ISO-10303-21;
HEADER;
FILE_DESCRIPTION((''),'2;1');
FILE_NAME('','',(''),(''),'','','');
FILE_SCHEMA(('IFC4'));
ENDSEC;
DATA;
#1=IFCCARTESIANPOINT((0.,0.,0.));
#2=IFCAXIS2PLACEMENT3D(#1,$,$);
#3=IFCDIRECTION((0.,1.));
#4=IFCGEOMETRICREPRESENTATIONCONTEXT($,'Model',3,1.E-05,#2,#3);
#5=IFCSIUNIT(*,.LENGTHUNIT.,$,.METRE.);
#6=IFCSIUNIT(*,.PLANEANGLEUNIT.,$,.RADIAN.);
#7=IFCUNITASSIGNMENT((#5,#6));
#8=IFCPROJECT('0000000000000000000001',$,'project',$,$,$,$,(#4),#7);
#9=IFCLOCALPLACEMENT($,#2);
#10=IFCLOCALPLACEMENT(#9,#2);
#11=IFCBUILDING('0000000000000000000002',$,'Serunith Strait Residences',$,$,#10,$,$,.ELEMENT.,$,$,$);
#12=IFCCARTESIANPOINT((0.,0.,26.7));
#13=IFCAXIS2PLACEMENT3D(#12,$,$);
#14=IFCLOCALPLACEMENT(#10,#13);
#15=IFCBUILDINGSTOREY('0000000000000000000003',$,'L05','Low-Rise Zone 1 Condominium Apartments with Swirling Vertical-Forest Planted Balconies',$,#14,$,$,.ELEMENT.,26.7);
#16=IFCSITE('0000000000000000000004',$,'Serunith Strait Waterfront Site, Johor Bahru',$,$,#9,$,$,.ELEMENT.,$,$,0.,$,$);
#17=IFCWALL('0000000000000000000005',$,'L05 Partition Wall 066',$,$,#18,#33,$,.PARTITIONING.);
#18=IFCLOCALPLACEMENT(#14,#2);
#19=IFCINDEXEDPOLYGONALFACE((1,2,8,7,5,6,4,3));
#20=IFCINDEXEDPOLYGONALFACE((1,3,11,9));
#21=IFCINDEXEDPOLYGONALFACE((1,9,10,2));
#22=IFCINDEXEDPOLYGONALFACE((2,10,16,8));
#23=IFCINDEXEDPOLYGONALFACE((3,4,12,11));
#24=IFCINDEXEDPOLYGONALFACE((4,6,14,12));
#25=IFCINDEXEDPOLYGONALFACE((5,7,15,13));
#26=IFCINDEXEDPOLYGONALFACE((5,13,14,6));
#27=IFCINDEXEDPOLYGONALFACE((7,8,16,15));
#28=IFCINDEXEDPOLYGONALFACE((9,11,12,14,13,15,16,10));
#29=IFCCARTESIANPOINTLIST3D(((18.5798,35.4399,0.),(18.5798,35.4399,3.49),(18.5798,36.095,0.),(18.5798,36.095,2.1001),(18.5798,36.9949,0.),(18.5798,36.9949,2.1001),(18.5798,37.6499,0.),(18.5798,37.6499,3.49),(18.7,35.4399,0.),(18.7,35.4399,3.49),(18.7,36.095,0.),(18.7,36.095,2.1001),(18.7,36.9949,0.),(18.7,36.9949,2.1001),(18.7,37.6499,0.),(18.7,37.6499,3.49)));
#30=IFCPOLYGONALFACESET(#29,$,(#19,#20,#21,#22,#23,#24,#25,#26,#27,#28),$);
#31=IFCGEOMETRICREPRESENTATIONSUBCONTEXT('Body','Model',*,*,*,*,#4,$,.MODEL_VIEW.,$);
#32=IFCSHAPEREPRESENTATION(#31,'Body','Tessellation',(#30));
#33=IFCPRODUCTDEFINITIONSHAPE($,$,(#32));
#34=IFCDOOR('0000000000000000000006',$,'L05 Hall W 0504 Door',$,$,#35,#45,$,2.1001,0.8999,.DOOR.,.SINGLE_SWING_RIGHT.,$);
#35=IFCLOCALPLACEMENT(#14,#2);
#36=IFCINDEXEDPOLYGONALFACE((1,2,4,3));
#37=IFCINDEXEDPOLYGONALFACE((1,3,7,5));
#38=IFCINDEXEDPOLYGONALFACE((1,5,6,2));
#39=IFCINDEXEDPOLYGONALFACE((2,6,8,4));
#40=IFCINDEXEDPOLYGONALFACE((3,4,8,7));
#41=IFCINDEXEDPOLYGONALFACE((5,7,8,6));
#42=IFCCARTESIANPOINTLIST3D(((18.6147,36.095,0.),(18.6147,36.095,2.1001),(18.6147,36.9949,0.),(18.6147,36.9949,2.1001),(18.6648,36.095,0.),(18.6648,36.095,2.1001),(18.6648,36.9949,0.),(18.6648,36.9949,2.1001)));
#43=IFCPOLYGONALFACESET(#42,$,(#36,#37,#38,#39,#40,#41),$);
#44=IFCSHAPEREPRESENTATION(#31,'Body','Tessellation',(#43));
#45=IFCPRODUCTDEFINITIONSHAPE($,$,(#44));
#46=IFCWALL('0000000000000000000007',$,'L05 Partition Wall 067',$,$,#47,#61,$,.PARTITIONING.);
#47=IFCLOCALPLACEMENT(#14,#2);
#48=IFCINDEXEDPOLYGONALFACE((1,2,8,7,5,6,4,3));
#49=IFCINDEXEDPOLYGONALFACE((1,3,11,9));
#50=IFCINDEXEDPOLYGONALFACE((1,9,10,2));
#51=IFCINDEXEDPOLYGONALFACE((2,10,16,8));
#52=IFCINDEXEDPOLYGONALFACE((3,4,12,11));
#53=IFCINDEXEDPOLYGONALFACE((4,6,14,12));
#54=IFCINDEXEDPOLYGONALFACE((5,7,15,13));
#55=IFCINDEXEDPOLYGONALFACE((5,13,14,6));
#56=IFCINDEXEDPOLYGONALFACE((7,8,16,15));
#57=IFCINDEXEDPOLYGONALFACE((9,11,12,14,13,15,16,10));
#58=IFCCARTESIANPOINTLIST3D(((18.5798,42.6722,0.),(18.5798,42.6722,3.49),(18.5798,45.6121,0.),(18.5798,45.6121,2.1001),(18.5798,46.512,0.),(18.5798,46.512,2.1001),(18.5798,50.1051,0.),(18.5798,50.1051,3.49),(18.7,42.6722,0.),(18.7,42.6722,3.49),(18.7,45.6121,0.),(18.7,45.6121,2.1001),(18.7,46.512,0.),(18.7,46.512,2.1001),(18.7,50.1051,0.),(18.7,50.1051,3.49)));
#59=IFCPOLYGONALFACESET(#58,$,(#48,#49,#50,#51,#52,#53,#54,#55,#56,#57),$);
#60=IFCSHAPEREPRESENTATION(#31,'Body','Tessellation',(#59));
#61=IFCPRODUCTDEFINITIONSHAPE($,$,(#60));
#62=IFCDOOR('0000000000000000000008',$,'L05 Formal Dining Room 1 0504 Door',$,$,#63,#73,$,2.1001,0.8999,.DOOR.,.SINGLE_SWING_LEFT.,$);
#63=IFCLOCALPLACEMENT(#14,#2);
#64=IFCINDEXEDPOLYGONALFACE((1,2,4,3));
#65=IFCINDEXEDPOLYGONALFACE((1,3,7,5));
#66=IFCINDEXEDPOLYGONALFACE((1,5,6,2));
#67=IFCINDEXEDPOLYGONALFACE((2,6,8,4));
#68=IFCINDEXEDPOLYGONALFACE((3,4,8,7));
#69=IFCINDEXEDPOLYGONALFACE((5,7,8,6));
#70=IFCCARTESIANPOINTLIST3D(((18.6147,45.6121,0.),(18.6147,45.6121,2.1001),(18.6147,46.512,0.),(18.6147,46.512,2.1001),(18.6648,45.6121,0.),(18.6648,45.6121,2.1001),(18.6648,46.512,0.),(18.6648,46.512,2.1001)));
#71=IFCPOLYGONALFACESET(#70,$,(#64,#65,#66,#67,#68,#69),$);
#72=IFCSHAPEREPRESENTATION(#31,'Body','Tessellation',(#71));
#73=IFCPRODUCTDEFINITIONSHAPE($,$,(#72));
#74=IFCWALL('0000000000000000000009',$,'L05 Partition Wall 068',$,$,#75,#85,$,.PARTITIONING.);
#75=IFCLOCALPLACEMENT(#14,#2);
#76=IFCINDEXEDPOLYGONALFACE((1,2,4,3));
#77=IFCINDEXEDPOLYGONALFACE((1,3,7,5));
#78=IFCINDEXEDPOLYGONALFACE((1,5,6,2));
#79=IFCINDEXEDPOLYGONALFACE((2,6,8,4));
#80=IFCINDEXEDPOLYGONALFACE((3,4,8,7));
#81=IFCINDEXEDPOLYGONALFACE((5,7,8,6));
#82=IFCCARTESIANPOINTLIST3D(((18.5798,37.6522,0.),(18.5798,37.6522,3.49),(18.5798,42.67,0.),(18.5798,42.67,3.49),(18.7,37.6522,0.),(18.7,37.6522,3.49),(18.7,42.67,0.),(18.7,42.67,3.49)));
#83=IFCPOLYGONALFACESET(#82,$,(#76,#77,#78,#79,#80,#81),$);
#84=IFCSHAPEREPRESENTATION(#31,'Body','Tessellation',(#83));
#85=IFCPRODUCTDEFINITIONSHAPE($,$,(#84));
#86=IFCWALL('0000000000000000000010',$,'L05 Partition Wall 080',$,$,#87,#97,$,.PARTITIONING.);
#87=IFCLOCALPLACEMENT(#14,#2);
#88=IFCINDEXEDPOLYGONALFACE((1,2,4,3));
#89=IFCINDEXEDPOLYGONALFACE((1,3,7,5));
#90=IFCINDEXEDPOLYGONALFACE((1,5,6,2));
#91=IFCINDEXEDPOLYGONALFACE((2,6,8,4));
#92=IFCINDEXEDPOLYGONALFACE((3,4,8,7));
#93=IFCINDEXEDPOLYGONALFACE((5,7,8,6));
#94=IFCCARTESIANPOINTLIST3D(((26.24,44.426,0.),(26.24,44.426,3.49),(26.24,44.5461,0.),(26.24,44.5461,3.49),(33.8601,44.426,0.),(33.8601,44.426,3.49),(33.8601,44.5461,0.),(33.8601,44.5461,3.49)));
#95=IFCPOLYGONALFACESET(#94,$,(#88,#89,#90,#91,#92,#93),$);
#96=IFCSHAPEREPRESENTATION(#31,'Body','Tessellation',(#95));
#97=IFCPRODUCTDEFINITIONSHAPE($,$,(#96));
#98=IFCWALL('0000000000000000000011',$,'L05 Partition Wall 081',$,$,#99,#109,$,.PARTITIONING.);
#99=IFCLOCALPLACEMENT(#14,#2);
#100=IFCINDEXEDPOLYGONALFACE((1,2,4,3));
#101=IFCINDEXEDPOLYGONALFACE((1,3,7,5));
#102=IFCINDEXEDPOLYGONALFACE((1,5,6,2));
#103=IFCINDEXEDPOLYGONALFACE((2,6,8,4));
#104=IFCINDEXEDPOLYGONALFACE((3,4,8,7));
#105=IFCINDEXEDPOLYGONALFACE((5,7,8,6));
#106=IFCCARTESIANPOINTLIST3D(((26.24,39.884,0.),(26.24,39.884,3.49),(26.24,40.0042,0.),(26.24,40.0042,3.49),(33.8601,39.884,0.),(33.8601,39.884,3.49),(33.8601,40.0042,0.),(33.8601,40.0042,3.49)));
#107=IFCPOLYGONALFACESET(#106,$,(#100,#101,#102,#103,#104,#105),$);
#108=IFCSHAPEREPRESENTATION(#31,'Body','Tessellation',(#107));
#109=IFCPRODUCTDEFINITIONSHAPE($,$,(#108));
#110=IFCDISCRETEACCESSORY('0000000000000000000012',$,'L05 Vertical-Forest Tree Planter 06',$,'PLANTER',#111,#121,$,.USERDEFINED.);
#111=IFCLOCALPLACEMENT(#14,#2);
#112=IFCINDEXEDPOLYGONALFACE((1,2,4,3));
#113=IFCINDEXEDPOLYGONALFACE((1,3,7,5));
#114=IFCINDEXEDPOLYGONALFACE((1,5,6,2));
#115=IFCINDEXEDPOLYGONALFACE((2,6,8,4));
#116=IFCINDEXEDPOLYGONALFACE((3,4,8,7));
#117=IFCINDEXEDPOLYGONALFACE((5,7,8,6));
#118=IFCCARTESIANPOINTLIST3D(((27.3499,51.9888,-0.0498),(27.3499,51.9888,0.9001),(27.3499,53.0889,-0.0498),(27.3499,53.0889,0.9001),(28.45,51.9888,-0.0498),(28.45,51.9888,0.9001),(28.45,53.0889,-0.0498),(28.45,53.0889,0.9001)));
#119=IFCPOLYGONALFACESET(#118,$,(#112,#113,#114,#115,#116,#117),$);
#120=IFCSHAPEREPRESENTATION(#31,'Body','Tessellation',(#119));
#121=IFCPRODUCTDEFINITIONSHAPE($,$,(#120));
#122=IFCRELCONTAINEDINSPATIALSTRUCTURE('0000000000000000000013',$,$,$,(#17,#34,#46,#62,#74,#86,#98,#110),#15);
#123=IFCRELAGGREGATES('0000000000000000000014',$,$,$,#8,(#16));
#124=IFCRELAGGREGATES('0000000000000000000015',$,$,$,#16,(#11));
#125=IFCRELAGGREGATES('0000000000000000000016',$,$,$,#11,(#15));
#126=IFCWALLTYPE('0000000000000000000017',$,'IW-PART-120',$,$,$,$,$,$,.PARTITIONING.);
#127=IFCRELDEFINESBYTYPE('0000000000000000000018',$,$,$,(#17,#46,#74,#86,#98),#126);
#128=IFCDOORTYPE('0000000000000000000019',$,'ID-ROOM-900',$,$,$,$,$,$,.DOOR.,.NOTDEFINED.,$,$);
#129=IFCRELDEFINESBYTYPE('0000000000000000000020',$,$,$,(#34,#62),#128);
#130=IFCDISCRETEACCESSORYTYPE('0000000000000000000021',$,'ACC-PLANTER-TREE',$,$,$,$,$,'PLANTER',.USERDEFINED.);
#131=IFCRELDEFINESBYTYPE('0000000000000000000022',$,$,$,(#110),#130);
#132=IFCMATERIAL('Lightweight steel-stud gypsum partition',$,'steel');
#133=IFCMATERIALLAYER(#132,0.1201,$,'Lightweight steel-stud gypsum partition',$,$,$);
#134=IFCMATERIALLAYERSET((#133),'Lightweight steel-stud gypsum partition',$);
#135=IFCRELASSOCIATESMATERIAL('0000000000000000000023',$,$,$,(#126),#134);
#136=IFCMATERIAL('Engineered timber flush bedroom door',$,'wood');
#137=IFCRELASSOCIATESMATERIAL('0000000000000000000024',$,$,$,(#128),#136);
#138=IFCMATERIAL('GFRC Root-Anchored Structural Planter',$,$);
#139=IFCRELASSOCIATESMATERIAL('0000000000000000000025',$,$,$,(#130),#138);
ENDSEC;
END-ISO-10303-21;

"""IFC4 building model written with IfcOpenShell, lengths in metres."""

from ifc_helpers import new_model, si_unit, direction, frame, frame_2d, origin, origin_2d, place, context, subcontext, project, spatial, rectangle, extrude, source, transform, mapped, material, layer, layer_set, type_object, element, fill, save


model = new_model("IFC4")

# Units and contexts
model_context = context("Model", 3, precision=1e-05, world=origin(), true_north=direction((0.0, 1.0)))
body_context = subcontext(model_context, "Body", "Model", "MODEL_VIEW")
ifc_project = project(units=[si_unit("LENGTHUNIT", "METRE"), si_unit("PLANEANGLEUNIT", "RADIAN")], contexts=[model_context])

# Site, building, storey
site_placement = place(None, origin())
site = spatial("IfcSite", under=ifc_project, at=site_placement, Name="Serunith Strait Waterfront Site, Johor Bahru", CompositionType="ELEMENT", RefElevation=0.0)
building_placement = place(site_placement, origin())
building = spatial("IfcBuilding", under=site, at=building_placement, Name="Serunith Strait Residences", CompositionType="ELEMENT")
storey_placement = place(building_placement, frame((0.0, 0.0, 26.7)))
storey = spatial("IfcBuildingStorey", under=building, at=storey_placement, Name="L05", Description="Low-Rise Zone 1 Condominium Apartments with Swirling Vertical-Forest Planted Balconies", CompositionType="ELEMENT", Elevation=26.7)

# Shared definitions
ifc_material_1 = material(Name="Lightweight steel-stud gypsum partition", Category="steel")
ifc_layer_1 = layer(ifc_material_1, 0.1201, Name="Lightweight steel-stud gypsum partition")
ifc_layer_set_1 = layer_set([ifc_layer_1], Name="Lightweight steel-stud gypsum partition")
wall_type = type_object("IfcWallType", Name="IW-PART-120", PredefinedType="PARTITIONING", material=ifc_layer_set_1)

# Walls, openings, doors
wall_1_placement = place(storey_placement, frame((18.6399, 37.6499, 0.0), z_axis=(0.0, 0.0, 1.0), x_axis=(0.0, -1.0, 0.0)))
wall_1 = element("IfcWall", 1, at=wall_1_placement, inside=storey, type_object=wall_type, Name="L05 Partition Wall 066", PredefinedType="PARTITIONING", context=body_context, shape_type="SweptSolid", body=[
    extrude(rectangle(XDim=2.21, YDim=0.1201, at=frame_2d((1.105, 0.0))), origin(), (0.0, 0.0, 1.0), 3.49),
])
opening_1_placement = place(wall_1_placement, frame((0.655, 0.0, 0.0)))
opening_1 = element("IfcOpeningElement", 2, at=opening_1_placement, cuts=wall_1, PredefinedType="OPENING", context=body_context, shape_type="SweptSolid", body=[
    extrude(rectangle(XDim=0.8999, YDim=2.1001, at=frame_2d((0.45, 1.05))), frame((0.0, 0.0701, 0.0), z_axis=(0.0, -1.0, 0.0), x_axis=(1.0, 0.0, 0.0)), (0.0, 0.0, 1.0), 0.1401),
])
ifc_material_2 = material(Name="Engineered timber flush bedroom door", Category="wood")
door_type_1 = type_object("IfcDoorType", Name="ID-ROOM-900", OperationType="NOTDEFINED", PredefinedType="DOOR", material=ifc_material_2)
shared_shape_1 = source(origin(), body_context, "Body", "SweptSolid", [
    extrude(rectangle(XDim=0.8999, YDim=2.1001, at=frame_2d((0.45, 1.05))), frame((0.0, 0.0249, 0.0), z_axis=(0.0, -1.0, 0.0), x_axis=(1.0, 0.0, 0.0)), (0.0, 0.0, 1.0), 0.05),
])
door_1_placement = place(opening_1_placement, origin())
door_1 = element("IfcDoor", 3, at=door_1_placement, inside=storey, type_object=door_type_1, Name="L05 Hall W 0504 Door", OperationType="SINGLE_SWING_RIGHT", OverallHeight=2.1001, OverallWidth=0.8999, PredefinedType="DOOR", context=body_context, shape_type="MappedRepresentation", body=[
    mapped(shared_shape_1, transform((0.0, 0.0, 0.0), scale=1.0)),
])
fill(opening_1, door_1)
wall_2_placement = place(storey_placement, frame((18.6399, 50.105, 0.0), z_axis=(0.0, 0.0, 1.0), x_axis=(0.0, -1.0, 0.0)))
wall_2 = element("IfcWall", 4, at=wall_2_placement, inside=storey, type_object=wall_type, Name="L05 Partition Wall 067", PredefinedType="PARTITIONING", context=body_context, shape_type="SweptSolid", body=[
    extrude(rectangle(XDim=7.4329, YDim=0.1201, at=frame_2d((3.7163, 0.0))), origin(), (0.0, 0.0, 1.0), 3.49),
])
opening_2_placement = place(wall_2_placement, frame((3.593, 0.0, 0.0)))
opening_2 = element("IfcOpeningElement", 5, at=opening_2_placement, cuts=wall_2, PredefinedType="OPENING", context=body_context, shape_type="SweptSolid", body=[
    extrude(rectangle(XDim=0.8999, YDim=2.1001, at=frame_2d((0.45, 1.05))), frame((0.0, 0.0701, 0.0), z_axis=(0.0, -1.0, 0.0), x_axis=(1.0, 0.0, 0.0)), (0.0, 0.0, 1.0), 0.1401),
])
door_2_placement = place(opening_2_placement, origin())
door_2 = element("IfcDoor", 6, at=door_2_placement, inside=storey, type_object=door_type_1, Name="L05 Formal Dining Room 1 0504 Door", OperationType="SINGLE_SWING_LEFT", OverallHeight=2.1001, OverallWidth=0.8999, PredefinedType="DOOR", context=body_context, shape_type="MappedRepresentation", body=[
    mapped(shared_shape_1, transform((0.0, 0.0, 0.0), scale=1.0)),
])
fill(opening_2, door_2)

# Walls
wall_3_placement = place(storey_placement, frame((18.6399, 42.6699, 0.0), z_axis=(0.0, 0.0, 1.0), x_axis=(0.0, -1.0, 0.0)))
element("IfcWall", 7, at=wall_3_placement, inside=storey, type_object=wall_type, Name="L05 Partition Wall 068", PredefinedType="PARTITIONING", context=body_context, shape_type="SweptSolid", body=[
    extrude(rectangle(XDim=5.0178, YDim=0.1201, at=frame_2d((2.5088, 0.0))), origin(), (0.0, 0.0, 1.0), 3.49),
])
for number, where, z_axis, x_axis, name in (
    (8, (26.24, 44.4861, 0.0), (0.0, 0.0, 1.0), (1.0, 0.0, 0.0), "L05 Partition Wall 080"),
    (9, (26.24, 39.9441, 0.0), (0.0, 0.0, 1.0), (1.0, 0.0, 0.0), "L05 Partition Wall 081"),
):
    element("IfcWall", number, at=place(storey_placement, frame(where, z_axis=z_axis, x_axis=x_axis)), inside=storey, type_object=wall_type, Name=name, PredefinedType="PARTITIONING", context=body_context, shape_type="SweptSolid", body=[
        extrude(rectangle(XDim=7.6201, YDim=0.1201, at=frame_2d((3.8101, 0.0))), origin(), (0.0, 0.0, 1.0), 3.49),
    ])

# Discrete accessory
ifc_material_3 = material(Name="GFRC Root-Anchored Structural Planter")
discrete_accessory_type = type_object("IfcDiscreteAccessoryType", Name="ACC-PLANTER-TREE", ElementType="PLANTER", PredefinedType="USERDEFINED", material=ifc_material_3)
shared_shape_2 = source(origin(), body_context, "Body", "SweptSolid", [
    extrude(rectangle(XDim=1.1001, YDim=1.1001, at=origin_2d()), origin(), (0.0, 0.0, 1.0), 0.95),
])
discrete_accessory_placement = place(storey_placement, frame((27.8999, 52.5388, -0.0498), z_axis=(0.0, 0.0, 1.0), x_axis=(-1.0, 0.0, 0.0)))
element("IfcDiscreteAccessory", 10, at=discrete_accessory_placement, inside=storey, type_object=discrete_accessory_type, Name="L05 Vertical-Forest Tree Planter 06", ObjectType="PLANTER", PredefinedType="USERDEFINED", context=body_context, shape_type="MappedRepresentation", body=[
    mapped(shared_shape_2, transform((0.0, 0.0, 0.0), scale=1.0)),
])

save(model, "model.ifc")
